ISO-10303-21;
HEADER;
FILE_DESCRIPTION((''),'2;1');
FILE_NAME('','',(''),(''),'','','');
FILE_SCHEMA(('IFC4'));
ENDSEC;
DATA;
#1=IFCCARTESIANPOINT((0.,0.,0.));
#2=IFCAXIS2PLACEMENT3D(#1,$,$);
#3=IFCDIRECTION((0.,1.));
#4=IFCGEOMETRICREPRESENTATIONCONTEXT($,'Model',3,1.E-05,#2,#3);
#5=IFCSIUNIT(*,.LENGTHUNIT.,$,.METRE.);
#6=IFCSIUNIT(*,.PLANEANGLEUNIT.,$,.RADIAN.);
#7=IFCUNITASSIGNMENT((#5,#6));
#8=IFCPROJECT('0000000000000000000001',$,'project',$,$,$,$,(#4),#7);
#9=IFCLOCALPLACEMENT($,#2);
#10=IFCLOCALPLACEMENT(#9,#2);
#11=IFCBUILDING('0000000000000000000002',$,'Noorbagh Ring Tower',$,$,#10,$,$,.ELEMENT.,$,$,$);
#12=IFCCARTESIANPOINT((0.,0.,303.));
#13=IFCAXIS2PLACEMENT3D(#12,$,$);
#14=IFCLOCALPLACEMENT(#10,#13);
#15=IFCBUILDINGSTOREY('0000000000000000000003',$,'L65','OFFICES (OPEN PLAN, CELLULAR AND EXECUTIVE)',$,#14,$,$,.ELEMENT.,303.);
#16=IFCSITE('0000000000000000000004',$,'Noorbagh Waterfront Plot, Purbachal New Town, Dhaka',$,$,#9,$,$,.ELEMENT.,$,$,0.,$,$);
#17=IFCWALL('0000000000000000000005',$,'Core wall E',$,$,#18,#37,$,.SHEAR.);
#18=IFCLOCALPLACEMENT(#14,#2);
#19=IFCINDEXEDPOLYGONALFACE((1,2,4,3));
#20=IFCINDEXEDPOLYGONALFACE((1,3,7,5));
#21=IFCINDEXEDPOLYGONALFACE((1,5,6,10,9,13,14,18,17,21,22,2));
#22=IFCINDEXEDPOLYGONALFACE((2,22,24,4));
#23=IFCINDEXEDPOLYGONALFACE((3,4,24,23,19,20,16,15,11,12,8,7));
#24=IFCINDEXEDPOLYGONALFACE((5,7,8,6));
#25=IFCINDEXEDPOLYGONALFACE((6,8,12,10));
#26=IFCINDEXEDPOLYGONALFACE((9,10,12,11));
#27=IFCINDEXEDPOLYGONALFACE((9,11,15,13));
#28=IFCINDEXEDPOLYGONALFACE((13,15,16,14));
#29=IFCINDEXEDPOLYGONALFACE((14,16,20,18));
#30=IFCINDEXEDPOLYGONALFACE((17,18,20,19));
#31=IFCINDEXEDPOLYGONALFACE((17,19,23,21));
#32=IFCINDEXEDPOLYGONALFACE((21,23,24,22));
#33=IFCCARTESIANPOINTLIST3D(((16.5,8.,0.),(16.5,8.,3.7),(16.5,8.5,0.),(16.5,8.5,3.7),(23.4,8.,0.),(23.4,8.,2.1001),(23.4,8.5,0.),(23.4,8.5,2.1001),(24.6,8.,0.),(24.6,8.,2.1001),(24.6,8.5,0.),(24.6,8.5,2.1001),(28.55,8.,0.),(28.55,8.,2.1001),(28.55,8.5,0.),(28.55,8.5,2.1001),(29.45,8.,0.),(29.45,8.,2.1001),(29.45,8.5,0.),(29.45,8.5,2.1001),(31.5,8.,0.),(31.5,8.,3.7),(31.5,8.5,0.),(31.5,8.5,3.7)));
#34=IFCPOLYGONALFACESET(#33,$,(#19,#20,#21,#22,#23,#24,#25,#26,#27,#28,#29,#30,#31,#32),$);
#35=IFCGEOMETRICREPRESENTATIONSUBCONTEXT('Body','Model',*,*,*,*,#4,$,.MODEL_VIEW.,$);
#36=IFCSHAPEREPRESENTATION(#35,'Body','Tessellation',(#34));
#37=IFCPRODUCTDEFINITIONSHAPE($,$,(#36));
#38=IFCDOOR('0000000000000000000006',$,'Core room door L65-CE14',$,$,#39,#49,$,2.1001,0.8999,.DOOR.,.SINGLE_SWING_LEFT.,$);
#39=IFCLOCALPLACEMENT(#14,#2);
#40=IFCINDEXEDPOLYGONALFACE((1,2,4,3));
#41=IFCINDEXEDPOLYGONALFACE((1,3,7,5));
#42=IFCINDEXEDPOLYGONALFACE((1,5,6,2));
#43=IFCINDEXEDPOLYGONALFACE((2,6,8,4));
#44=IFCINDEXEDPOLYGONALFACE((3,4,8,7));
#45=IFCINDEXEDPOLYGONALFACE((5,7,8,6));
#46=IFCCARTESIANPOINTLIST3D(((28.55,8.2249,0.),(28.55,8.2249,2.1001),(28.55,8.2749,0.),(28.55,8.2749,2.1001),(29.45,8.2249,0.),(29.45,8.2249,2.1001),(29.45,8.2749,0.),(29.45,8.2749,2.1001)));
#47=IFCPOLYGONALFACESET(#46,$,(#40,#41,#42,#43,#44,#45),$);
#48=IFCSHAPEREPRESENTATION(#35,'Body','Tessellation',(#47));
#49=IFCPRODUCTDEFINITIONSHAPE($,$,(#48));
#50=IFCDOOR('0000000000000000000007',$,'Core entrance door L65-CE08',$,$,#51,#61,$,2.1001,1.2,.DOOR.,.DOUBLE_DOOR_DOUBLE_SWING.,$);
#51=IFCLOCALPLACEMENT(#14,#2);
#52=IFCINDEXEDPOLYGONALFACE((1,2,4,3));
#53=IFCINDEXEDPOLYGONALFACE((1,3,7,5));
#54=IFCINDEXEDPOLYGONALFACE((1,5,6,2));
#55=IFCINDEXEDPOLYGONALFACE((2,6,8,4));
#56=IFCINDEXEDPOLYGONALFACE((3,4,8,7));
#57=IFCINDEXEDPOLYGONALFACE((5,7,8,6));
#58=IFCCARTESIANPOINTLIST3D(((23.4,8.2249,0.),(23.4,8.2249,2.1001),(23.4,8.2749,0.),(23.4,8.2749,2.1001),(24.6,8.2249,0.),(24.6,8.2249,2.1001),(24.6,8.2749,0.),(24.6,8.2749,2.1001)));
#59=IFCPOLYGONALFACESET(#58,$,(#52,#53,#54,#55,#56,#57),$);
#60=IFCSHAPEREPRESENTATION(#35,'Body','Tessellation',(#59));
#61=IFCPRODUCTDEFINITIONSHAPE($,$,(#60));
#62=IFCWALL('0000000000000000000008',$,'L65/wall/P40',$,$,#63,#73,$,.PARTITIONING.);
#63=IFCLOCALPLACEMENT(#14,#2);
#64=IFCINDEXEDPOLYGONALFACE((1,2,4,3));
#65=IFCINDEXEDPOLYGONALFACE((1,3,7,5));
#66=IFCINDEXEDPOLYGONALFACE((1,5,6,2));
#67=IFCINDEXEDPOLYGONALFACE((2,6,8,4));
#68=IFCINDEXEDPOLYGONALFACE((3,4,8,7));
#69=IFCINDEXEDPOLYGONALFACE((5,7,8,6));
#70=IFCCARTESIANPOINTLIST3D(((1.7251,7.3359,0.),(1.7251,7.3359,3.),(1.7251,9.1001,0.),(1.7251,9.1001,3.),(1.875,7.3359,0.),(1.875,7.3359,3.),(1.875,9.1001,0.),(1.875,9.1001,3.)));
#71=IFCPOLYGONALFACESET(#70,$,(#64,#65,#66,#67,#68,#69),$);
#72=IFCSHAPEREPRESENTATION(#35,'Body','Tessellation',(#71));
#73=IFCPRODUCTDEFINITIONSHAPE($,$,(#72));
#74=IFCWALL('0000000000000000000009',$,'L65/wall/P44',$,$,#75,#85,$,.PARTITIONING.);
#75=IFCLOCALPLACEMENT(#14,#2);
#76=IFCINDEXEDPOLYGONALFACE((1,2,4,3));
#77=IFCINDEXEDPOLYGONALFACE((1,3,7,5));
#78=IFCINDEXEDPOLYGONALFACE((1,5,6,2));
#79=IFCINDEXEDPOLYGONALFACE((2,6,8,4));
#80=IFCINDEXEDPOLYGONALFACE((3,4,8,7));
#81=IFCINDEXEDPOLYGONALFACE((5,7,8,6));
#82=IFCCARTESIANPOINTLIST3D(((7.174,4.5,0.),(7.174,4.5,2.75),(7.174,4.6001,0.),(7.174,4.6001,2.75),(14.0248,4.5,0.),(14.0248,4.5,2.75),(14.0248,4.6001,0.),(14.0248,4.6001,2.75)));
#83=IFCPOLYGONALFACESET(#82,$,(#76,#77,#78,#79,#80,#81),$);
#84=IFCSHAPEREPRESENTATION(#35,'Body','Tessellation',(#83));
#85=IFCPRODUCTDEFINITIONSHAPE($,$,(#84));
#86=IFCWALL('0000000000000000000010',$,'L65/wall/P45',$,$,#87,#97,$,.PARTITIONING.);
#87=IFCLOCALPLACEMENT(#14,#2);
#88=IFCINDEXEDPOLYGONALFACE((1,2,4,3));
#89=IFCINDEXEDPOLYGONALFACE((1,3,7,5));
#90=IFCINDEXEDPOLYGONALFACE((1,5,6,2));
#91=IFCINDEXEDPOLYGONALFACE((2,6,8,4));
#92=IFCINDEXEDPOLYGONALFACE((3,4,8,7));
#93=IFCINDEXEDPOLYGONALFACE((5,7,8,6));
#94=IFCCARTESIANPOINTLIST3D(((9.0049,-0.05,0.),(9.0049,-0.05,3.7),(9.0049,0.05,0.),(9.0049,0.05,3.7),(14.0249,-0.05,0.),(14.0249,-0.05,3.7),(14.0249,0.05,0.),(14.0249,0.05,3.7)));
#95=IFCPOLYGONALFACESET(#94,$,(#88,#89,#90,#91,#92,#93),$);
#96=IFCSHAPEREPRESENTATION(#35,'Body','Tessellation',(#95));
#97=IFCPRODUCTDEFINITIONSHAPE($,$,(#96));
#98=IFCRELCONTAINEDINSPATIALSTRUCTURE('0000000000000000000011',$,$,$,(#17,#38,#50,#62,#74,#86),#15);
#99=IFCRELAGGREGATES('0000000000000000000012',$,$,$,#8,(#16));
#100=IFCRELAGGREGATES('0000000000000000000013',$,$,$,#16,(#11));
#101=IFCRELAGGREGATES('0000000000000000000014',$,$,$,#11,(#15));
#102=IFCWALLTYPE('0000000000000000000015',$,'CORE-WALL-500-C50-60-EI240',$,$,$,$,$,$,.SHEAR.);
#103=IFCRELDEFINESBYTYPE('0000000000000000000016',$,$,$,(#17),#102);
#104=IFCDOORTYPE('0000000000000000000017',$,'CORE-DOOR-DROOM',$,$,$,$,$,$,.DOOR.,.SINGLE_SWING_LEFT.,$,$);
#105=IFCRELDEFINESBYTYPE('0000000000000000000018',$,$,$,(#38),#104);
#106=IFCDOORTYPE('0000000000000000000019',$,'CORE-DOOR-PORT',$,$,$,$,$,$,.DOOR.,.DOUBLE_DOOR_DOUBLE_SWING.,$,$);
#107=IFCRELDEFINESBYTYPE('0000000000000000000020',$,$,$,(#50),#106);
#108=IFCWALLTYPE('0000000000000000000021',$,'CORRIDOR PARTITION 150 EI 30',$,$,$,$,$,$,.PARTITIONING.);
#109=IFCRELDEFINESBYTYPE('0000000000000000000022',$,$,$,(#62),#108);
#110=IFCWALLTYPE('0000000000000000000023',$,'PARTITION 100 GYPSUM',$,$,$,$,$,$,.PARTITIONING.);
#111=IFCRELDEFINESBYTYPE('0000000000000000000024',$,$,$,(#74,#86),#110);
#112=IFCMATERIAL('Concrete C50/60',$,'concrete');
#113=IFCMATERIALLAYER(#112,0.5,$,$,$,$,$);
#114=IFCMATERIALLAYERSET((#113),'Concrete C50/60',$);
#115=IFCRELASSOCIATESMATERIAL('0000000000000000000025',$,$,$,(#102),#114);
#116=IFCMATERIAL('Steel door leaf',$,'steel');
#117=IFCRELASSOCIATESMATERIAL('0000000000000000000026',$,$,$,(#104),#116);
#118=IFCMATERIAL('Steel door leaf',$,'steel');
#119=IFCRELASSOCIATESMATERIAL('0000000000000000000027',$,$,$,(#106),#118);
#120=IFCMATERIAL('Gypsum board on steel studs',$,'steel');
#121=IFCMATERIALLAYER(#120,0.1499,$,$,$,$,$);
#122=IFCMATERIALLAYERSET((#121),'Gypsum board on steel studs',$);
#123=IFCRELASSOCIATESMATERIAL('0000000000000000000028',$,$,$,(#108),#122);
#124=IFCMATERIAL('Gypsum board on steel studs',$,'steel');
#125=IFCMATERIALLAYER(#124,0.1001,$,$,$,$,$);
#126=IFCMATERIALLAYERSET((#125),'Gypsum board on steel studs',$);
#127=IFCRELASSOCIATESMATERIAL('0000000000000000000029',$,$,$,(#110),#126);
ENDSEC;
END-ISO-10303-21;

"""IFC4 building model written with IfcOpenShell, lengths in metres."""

from ifc_helpers import new_model, si_unit, direction, frame, frame_2d, origin, place, context, subcontext, project, spatial, rectangle, extrude, material, layer, layer_set, type_object, element, fill, save


model = new_model("IFC4")

# Units and contexts
model_context = context("Model", 3, precision=1e-05, world=origin(), true_north=direction((0.0, 1.0)))
body_context = subcontext(model_context, "Body", "Model", "MODEL_VIEW")
ifc_project = project(units=[si_unit("LENGTHUNIT", "METRE"), si_unit("PLANEANGLEUNIT", "RADIAN")], contexts=[model_context])

# Site, building, storey
site_placement = place(None, origin())
site = spatial("IfcSite", under=ifc_project, at=site_placement, Name="Noorbagh Waterfront Plot, Purbachal New Town, Dhaka", CompositionType="ELEMENT", RefElevation=0.0)
building_placement = place(site_placement, origin())
building = spatial("IfcBuilding", under=site, at=building_placement, Name="Noorbagh Ring Tower", CompositionType="ELEMENT")
storey_placement = place(building_placement, frame((0.0, 0.0, 303.0)))
storey = spatial("IfcBuildingStorey", under=building, at=storey_placement, Name="L65", Description="OFFICES (OPEN PLAN, CELLULAR AND EXECUTIVE)", CompositionType="ELEMENT", Elevation=303.0)

# Wall, openings, doors
ifc_material_1 = material(Name="Concrete C50/60", Category="concrete")
ifc_layer_1 = layer(ifc_material_1, 0.5)
ifc_layer_set_1 = layer_set([ifc_layer_1], Name="Concrete C50/60")
wall_type_1 = type_object("IfcWallType", Name="CORE-WALL-500-C50-60-EI240", PredefinedType="SHEAR", material=ifc_layer_set_1)
wall_1_placement = place(storey_placement, frame((16.5, 8.25, 0.0), z_axis=(0.0, 0.0, 1.0), x_axis=(1.0, 0.0, 0.0)))
wall_1 = element("IfcWall", 1, at=wall_1_placement, inside=storey, type_object=wall_type_1, Name="Core wall E", PredefinedType="SHEAR", context=body_context, shape_type="SweptSolid", body=[
    extrude(rectangle(XDim=15.0, YDim=0.5, at=frame_2d((7.5, 0.0))), origin(), (0.0, 0.0, 1.0), 3.7),
])
opening_1_placement = place(wall_1_placement, frame((6.8999, 0.0, 0.0)))
opening_1 = element("IfcOpeningElement", 2, at=opening_1_placement, cuts=wall_1, PredefinedType="OPENING", context=body_context, shape_type="SweptSolid", body=[
    extrude(rectangle(XDim=1.2, YDim=2.1001, at=frame_2d((0.6001, 1.05))), frame((0.0, 0.26, 0.0), z_axis=(0.0, -1.0, 0.0), x_axis=(1.0, 0.0, 0.0)), (0.0, 0.0, 1.0), 0.52),
])
opening_2_placement = place(wall_1_placement, frame((12.05, 0.0, 0.0)))
opening_2 = element("IfcOpeningElement", 3, at=opening_2_placement, cuts=wall_1, PredefinedType="OPENING", context=body_context, shape_type="SweptSolid", body=[
    extrude(rectangle(XDim=0.8999, YDim=2.1001, at=frame_2d((0.45, 1.05))), frame((0.0, 0.26, 0.0), z_axis=(0.0, -1.0, 0.0), x_axis=(1.0, 0.0, 0.0)), (0.0, 0.0, 1.0), 0.52),
])
ifc_material_2 = material(Name="Steel door leaf", Category="steel")
door_type_1 = type_object("IfcDoorType", Name="CORE-DOOR-DROOM", OperationType="SINGLE_SWING_LEFT", PredefinedType="DOOR", material=ifc_material_2)
door_1_placement = place(opening_2_placement, origin())
door_1 = element("IfcDoor", 4, at=door_1_placement, inside=storey, type_object=door_type_1, Name="Core room door L65-CE14", OperationType="SINGLE_SWING_LEFT", OverallHeight=2.1001, OverallWidth=0.8999, PredefinedType="DOOR", context=body_context, shape_type="SweptSolid", body=[
    extrude(rectangle(XDim=0.8999, YDim=2.1001, at=frame_2d((0.45, 1.05))), frame((0.0, 0.0249, 0.0), z_axis=(0.0, -1.0, 0.0), x_axis=(1.0, 0.0, 0.0)), (0.0, 0.0, 1.0), 0.05),
])
fill(opening_2, door_1)
ifc_material_3 = material(Name="Steel door leaf", Category="steel")
door_type_2 = type_object("IfcDoorType", Name="CORE-DOOR-PORT", OperationType="DOUBLE_DOOR_DOUBLE_SWING", PredefinedType="DOOR", material=ifc_material_3)
door_2_placement = place(opening_1_placement, origin())
door_2 = element("IfcDoor", 5, at=door_2_placement, inside=storey, type_object=door_type_2, Name="Core entrance door L65-CE08", OperationType="DOUBLE_DOOR_DOUBLE_SWING", OverallHeight=2.1001, OverallWidth=1.2, PredefinedType="DOOR", context=body_context, shape_type="SweptSolid", body=[
    extrude(rectangle(XDim=1.2, YDim=2.1001, at=frame_2d((0.6001, 1.05))), frame((0.0, 0.0249, 0.0), z_axis=(0.0, -1.0, 0.0), x_axis=(1.0, 0.0, 0.0)), (0.0, 0.0, 1.0), 0.05),
])
fill(opening_1, door_2)

# Wall
ifc_material_4 = material(Name="Gypsum board on steel studs", Category="steel")
ifc_layer_2 = layer(ifc_material_4, 0.1499)
ifc_layer_set_2 = layer_set([ifc_layer_2], Name="Gypsum board on steel studs")
wall_type_2 = type_object("IfcWallType", Name="CORRIDOR PARTITION 150 EI 30", PredefinedType="PARTITIONING", material=ifc_layer_set_2)
wall_2_placement = place(storey_placement, frame((1.8, 7.3359, 0.0), z_axis=(0.0, 0.0, 1.0), x_axis=(0.0, 1.0, 0.0)))
element("IfcWall", 6, at=wall_2_placement, inside=storey, type_object=wall_type_2, Name="L65/wall/P40", PredefinedType="PARTITIONING", context=body_context, shape_type="SweptSolid", body=[
    extrude(rectangle(XDim=1.7642, YDim=0.1499, at=frame_2d((0.8821, 0.0))), origin(), (0.0, 0.0, 1.0), 3.0),
])

# Walls
ifc_material_5 = material(Name="Gypsum board on steel studs", Category="steel")
ifc_layer_3 = layer(ifc_material_5, 0.1001)
ifc_layer_set_3 = layer_set([ifc_layer_3], Name="Gypsum board on steel studs")
wall_type_3 = type_object("IfcWallType", Name="PARTITION 100 GYPSUM", PredefinedType="PARTITIONING", material=ifc_layer_set_3)
wall_3_placement = place(storey_placement, frame((7.1741, 4.55, 0.0), z_axis=(0.0, 0.0, 1.0), x_axis=(1.0, 0.0, 0.0)))
element("IfcWall", 7, at=wall_3_placement, inside=storey, type_object=wall_type_3, Name="L65/wall/P44", PredefinedType="PARTITIONING", context=body_context, shape_type="SweptSolid", body=[
    extrude(rectangle(XDim=6.8508, YDim=0.1001, at=frame_2d((3.4253, 0.0))), origin(), (0.0, 0.0, 1.0), 2.75),
])
wall_4_placement = place(storey_placement, frame((9.0049, 0.0, 0.0), z_axis=(0.0, 0.0, 1.0), x_axis=(1.0, 0.0, 0.0)))
element("IfcWall", 8, at=wall_4_placement, inside=storey, type_object=wall_type_3, Name="L65/wall/P45", PredefinedType="PARTITIONING", context=body_context, shape_type="SweptSolid", body=[
    extrude(rectangle(XDim=5.02, YDim=0.1001, at=frame_2d((2.51, 0.0))), origin(), (0.0, 0.0, 1.0), 3.7),
])

save(model, "model.ifc")
